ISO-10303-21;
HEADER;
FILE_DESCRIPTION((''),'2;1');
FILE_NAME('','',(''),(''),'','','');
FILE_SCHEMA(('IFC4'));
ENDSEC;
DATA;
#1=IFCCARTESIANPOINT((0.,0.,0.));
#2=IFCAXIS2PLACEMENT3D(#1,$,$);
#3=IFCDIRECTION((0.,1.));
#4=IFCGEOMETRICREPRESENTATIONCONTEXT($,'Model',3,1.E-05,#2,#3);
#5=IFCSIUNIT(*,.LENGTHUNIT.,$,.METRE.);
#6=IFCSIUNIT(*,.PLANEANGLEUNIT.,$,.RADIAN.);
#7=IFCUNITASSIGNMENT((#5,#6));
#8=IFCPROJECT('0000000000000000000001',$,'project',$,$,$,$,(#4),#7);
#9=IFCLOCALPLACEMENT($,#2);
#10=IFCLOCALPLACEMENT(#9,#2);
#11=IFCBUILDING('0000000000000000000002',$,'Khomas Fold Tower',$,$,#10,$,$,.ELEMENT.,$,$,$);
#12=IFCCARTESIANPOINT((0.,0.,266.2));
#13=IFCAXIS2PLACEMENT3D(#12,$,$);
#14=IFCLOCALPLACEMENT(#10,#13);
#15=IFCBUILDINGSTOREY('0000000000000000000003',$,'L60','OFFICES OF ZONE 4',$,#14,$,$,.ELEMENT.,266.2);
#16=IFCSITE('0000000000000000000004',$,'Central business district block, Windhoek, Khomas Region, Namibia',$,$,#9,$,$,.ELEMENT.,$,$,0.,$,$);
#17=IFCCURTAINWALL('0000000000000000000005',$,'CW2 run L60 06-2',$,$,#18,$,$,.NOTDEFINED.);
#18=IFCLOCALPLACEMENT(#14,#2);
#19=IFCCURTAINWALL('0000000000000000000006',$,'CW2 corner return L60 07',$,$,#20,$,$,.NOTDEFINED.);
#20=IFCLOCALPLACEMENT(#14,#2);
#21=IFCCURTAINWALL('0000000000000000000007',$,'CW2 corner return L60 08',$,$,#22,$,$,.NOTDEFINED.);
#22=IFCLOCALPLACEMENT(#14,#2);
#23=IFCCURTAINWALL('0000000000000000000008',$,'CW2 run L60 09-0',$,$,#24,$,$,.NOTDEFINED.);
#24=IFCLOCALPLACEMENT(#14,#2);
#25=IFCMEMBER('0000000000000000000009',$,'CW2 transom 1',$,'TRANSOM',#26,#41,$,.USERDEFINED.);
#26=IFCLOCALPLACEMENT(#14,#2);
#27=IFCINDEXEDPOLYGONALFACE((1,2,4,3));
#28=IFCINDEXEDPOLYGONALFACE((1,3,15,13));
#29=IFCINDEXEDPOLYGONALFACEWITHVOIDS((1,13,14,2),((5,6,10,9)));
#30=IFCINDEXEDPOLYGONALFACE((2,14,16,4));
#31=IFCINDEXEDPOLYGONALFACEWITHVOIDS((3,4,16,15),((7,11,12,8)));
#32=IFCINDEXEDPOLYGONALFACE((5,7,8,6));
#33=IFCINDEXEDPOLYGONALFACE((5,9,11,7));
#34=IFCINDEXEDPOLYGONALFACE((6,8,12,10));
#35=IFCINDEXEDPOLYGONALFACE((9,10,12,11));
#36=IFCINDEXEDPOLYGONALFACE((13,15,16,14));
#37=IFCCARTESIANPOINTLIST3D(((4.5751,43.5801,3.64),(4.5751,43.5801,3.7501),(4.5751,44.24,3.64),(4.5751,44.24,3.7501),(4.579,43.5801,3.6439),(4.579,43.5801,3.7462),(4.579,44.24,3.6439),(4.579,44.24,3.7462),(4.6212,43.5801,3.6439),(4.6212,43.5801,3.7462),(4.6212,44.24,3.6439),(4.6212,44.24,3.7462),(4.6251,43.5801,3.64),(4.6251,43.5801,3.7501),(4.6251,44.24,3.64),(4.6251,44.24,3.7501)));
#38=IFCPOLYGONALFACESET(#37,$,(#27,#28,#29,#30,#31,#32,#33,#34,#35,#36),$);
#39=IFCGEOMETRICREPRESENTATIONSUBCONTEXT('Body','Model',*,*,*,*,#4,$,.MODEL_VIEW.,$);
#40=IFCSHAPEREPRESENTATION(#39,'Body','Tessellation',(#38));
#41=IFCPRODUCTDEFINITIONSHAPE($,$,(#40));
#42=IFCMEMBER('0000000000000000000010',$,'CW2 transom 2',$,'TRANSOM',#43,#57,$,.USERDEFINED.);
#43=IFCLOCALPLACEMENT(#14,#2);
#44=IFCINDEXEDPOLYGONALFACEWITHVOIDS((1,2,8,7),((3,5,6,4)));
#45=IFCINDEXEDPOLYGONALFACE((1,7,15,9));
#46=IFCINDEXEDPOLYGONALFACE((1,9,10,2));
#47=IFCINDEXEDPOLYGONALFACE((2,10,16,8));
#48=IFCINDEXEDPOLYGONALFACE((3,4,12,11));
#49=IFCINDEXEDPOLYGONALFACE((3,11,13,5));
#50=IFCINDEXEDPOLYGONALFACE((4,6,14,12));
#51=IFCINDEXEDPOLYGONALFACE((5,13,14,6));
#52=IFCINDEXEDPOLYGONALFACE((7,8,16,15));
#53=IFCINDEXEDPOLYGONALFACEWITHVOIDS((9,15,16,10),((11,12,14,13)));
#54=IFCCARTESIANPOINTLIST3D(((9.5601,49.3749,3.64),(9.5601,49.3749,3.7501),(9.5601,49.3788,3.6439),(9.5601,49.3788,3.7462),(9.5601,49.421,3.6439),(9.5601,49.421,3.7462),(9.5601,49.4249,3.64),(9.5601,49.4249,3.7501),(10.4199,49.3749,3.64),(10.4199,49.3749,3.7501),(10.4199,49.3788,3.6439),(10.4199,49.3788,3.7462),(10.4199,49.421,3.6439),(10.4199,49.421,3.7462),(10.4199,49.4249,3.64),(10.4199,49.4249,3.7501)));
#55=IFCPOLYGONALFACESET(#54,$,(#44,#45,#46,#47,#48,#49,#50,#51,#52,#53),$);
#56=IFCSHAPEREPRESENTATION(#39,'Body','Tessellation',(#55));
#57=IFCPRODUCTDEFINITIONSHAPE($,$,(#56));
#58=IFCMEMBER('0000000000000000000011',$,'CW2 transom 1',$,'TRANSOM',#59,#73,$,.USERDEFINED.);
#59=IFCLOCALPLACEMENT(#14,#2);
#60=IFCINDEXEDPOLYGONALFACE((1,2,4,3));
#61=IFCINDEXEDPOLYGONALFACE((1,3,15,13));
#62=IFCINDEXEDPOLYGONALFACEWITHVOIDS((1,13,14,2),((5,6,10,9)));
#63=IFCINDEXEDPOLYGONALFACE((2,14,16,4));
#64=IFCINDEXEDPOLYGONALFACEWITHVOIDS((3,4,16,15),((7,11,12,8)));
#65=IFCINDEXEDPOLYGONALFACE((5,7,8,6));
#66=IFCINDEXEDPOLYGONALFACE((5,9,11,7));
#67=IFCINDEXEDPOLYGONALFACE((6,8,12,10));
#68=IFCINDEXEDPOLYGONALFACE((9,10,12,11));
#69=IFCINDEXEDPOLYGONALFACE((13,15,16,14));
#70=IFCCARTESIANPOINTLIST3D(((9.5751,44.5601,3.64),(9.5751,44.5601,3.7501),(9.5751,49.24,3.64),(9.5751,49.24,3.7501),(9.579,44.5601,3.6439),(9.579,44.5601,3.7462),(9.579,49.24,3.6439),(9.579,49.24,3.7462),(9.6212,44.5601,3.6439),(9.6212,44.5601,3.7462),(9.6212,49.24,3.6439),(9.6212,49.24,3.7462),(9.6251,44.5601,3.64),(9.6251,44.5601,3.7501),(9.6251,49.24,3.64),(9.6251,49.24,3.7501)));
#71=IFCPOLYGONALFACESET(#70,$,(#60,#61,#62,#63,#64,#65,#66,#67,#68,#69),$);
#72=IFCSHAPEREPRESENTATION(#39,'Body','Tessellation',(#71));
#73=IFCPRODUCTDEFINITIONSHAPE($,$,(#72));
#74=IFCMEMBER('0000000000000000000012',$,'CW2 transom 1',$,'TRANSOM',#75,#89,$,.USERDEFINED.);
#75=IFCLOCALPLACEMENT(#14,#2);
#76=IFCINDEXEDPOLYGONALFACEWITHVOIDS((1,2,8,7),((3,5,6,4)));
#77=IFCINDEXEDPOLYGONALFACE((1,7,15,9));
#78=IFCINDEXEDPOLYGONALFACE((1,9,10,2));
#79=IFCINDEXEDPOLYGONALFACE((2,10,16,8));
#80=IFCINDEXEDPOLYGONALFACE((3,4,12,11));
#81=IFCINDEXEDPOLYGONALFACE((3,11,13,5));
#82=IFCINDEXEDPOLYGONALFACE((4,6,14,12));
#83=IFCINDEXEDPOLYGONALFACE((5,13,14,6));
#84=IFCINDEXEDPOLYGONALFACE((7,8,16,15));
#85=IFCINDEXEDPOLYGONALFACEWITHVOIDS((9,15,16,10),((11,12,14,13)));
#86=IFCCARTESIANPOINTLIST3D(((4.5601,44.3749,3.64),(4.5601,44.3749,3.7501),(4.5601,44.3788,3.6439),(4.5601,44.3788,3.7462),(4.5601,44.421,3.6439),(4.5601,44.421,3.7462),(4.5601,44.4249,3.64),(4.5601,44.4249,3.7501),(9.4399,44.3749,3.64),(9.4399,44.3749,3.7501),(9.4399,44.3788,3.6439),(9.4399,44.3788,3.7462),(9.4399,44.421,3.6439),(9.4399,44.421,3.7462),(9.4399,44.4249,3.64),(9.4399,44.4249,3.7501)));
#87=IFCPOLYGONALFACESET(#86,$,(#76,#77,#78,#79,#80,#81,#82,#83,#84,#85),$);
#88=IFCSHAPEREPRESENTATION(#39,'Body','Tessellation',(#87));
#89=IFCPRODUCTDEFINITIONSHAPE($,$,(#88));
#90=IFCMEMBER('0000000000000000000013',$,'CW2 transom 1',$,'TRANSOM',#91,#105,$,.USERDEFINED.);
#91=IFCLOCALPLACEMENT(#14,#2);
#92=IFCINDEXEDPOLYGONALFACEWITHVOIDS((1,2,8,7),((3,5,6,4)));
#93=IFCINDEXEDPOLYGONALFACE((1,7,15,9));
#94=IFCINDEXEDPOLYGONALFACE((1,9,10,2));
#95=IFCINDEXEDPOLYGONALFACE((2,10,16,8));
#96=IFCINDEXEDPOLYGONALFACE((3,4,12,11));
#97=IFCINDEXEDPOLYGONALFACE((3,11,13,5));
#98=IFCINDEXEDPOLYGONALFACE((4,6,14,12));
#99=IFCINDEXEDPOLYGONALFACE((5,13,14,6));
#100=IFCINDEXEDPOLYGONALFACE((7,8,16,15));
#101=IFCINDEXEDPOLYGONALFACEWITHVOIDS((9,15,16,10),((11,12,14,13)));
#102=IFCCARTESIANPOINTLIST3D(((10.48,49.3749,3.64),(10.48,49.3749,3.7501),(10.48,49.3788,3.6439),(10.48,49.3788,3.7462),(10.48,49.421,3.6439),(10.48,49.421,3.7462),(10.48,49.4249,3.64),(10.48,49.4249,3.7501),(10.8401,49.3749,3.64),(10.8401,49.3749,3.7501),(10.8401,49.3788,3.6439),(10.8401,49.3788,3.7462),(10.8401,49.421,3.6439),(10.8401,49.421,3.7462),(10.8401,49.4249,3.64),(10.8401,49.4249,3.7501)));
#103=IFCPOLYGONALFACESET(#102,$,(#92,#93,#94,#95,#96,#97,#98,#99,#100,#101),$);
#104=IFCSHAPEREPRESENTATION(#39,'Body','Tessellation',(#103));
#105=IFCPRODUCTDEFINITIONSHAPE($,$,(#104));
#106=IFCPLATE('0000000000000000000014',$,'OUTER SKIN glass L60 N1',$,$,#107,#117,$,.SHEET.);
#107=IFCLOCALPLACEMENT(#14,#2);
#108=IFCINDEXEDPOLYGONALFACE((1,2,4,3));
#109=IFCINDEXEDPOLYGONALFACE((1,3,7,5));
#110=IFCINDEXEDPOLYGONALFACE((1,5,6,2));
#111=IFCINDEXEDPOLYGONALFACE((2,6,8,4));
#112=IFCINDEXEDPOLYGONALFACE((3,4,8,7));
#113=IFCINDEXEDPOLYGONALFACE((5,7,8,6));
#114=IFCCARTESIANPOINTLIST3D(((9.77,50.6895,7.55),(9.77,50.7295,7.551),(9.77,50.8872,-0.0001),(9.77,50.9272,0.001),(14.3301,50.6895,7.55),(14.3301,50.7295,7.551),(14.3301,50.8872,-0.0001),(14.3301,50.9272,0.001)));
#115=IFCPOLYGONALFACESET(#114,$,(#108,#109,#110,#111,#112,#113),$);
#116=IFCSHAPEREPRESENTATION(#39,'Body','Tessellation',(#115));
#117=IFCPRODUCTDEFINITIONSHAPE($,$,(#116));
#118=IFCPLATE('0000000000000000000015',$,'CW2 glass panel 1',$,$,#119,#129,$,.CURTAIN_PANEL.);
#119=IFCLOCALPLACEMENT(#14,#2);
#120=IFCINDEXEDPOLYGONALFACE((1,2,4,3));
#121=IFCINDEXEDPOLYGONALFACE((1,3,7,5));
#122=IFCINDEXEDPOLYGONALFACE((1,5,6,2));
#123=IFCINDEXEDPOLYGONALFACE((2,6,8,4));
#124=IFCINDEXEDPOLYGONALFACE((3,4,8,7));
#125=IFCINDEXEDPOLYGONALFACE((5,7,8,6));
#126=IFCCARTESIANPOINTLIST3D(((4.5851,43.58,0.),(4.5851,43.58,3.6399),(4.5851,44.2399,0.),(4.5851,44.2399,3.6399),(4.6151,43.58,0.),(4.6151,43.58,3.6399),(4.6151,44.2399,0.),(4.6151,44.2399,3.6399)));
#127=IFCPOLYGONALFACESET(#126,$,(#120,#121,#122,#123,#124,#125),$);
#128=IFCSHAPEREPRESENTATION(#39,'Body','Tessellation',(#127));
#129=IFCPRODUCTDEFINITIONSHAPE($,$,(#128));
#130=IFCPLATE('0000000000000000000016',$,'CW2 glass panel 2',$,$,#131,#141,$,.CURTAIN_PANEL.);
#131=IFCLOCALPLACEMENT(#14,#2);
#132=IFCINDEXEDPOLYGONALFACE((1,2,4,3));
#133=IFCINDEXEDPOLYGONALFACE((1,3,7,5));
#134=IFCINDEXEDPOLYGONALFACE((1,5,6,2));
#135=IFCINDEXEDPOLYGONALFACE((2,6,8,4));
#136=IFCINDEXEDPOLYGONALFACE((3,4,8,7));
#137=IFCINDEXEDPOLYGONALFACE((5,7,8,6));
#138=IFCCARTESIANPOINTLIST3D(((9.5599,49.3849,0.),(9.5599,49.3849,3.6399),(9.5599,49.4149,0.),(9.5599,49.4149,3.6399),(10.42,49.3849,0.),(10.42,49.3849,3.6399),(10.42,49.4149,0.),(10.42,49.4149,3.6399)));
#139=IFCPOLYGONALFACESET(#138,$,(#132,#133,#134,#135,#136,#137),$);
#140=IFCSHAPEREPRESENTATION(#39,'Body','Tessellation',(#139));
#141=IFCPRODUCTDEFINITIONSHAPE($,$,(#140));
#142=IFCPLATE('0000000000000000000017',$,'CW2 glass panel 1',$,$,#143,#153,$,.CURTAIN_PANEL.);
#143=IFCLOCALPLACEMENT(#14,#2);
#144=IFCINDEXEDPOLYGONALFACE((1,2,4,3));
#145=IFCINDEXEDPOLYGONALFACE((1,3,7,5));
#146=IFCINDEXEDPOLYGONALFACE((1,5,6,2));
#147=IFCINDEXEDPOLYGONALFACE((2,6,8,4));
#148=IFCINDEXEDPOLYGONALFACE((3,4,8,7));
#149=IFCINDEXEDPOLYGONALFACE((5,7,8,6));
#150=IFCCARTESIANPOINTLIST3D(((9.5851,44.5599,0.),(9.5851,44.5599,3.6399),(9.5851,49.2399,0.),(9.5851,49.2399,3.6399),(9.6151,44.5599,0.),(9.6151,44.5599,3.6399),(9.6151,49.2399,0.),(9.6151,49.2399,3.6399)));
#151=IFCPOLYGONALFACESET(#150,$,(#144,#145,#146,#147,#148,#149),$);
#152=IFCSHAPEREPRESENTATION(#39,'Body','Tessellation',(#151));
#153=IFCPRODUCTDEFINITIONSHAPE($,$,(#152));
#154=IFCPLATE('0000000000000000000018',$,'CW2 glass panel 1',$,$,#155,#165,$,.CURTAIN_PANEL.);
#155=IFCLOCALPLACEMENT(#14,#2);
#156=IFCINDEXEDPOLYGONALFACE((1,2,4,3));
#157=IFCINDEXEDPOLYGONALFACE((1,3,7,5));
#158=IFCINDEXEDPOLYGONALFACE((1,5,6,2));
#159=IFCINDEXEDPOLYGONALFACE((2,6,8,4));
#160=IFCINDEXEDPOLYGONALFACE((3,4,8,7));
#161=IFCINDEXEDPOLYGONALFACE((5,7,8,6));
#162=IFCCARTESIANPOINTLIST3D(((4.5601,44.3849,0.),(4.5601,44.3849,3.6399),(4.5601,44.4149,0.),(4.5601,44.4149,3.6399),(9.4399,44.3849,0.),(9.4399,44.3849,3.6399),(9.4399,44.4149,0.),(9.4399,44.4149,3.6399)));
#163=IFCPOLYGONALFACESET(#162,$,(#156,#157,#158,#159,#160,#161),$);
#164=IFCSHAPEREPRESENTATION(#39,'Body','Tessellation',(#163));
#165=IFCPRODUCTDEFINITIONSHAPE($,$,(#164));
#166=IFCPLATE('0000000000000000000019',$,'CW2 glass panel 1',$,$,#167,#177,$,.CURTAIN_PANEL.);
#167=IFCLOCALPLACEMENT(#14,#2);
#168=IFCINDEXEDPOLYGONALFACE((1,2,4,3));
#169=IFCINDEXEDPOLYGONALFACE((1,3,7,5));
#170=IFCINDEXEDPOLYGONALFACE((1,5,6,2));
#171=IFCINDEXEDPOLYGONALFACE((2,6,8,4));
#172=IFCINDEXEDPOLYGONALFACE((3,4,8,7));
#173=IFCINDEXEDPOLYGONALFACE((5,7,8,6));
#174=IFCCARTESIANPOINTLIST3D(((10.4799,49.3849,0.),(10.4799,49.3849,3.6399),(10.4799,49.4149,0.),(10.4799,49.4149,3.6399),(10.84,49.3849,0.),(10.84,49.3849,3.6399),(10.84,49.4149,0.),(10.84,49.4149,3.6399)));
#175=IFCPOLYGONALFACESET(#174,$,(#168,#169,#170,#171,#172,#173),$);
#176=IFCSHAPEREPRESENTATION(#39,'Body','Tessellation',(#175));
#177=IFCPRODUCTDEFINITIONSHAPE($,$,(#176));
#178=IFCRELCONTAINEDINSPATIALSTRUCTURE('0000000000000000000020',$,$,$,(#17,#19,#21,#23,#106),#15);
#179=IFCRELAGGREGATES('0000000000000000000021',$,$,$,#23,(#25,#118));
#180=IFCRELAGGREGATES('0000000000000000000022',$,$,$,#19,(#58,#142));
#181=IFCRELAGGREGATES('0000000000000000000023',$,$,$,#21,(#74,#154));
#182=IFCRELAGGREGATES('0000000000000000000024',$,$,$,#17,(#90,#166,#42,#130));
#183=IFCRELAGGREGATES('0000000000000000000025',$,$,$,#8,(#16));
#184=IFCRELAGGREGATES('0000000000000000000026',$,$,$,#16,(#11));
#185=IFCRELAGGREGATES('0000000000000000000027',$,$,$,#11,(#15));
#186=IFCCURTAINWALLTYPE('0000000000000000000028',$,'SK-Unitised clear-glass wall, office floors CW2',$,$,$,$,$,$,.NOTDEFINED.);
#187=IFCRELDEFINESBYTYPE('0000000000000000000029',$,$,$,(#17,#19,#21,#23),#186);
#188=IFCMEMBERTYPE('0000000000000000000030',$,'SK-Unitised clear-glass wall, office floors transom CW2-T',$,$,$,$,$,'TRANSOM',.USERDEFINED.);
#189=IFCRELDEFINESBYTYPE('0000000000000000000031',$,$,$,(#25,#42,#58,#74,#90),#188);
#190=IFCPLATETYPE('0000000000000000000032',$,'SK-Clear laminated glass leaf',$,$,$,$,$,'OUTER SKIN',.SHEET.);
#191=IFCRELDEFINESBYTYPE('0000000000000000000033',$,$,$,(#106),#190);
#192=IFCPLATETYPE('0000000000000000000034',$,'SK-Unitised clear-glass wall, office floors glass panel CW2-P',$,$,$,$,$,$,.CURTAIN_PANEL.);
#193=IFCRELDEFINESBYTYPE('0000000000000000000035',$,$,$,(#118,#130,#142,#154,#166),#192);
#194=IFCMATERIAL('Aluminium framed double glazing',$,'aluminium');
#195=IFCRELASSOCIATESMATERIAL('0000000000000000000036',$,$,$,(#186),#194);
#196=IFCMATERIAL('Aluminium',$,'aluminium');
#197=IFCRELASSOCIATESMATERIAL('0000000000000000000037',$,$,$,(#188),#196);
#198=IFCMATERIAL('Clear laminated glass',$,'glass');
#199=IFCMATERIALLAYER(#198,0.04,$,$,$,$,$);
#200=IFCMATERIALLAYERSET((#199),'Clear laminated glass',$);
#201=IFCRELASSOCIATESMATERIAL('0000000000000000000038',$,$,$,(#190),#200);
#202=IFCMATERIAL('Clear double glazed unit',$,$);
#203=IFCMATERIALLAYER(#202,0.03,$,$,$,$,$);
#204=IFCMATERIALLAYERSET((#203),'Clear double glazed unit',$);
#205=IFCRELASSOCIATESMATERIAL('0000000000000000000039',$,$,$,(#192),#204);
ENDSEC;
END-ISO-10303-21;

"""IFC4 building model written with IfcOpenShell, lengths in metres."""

from ifc_helpers import new_model, si_unit, direction, frame, origin, origin_2d, place, context, subcontext, project, spatial, polyline, rectangle, hollow_rectangle, outline, extrude, source, transform, mapped, material, layer, layer_set, material_profile, profile_set, type_object, element, aggregate, save


model = new_model("IFC4")

# Units and contexts
model_context = context("Model", 3, precision=1e-05, world=origin(), true_north=direction((0.0, 1.0)))
body_context = subcontext(model_context, "Body", "Model", "MODEL_VIEW")
ifc_project = project(units=[si_unit("LENGTHUNIT", "METRE"), si_unit("PLANEANGLEUNIT", "RADIAN")], contexts=[model_context])

# Site, building, storey
site_placement = place(None, origin())
site = spatial("IfcSite", under=ifc_project, at=site_placement, Name="Central business district block, Windhoek, Khomas Region, Namibia", CompositionType="ELEMENT", RefElevation=0.0)
building_placement = place(site_placement, origin())
building = spatial("IfcBuilding", under=site, at=building_placement, Name="Khomas Fold Tower", CompositionType="ELEMENT")
storey_placement = place(building_placement, frame((0.0, 0.0, 266.2)))
storey = spatial("IfcBuildingStorey", under=building, at=storey_placement, Name="L60", Description="OFFICES OF ZONE 4", CompositionType="ELEMENT", Elevation=266.2)

# Curtain walls
ifc_material_1 = material(Name="Aluminium framed double glazing", Category="aluminium")
curtain_wall_type = type_object("IfcCurtainWallType", Name="SK-Unitised clear-glass wall, office floors CW2", PredefinedType="NOTDEFINED", material=ifc_material_1)
curtain_wall_1_placement = place(storey_placement, origin())
curtain_wall_1 = element("IfcCurtainWall", 1, at=curtain_wall_1_placement, inside=storey, type_object=curtain_wall_type, Name="CW2 run L60 06-2", PredefinedType="NOTDEFINED")
curtain_wall_2_placement = place(storey_placement, origin())
curtain_wall_2 = element("IfcCurtainWall", 2, at=curtain_wall_2_placement, inside=storey, type_object=curtain_wall_type, Name="CW2 corner return L60 07", PredefinedType="NOTDEFINED")
curtain_wall_3_placement = place(storey_placement, origin())
curtain_wall_3 = element("IfcCurtainWall", 3, at=curtain_wall_3_placement, inside=storey, type_object=curtain_wall_type, Name="CW2 corner return L60 08", PredefinedType="NOTDEFINED")

# Curtain wall, member
curtain_wall_4_placement = place(storey_placement, origin())
curtain_wall_4 = element("IfcCurtainWall", 4, at=curtain_wall_4_placement, inside=storey, type_object=curtain_wall_type, Name="CW2 run L60 09-0", PredefinedType="NOTDEFINED")
ifc_material_2 = material(Name="Aluminium", Category="aluminium")
ifc_material_profile_1 = material_profile(ifc_material_2, hollow_rectangle(XDim=0.05, YDim=0.1101, WallThickness=0.0039, at=origin_2d()), Name="SK-Unitised clear-glass wall, office floors transom CW2-T")
ifc_profile_set_1 = profile_set([ifc_material_profile_1], Name="Aluminium")
member_type_1 = type_object("IfcMemberType", Name="SK-Unitised clear-glass wall, office floors transom CW2-T", ElementType="TRANSOM", PredefinedType="USERDEFINED", material=ifc_profile_set_1)
shared_shape_1 = source(origin(), body_context, "Body", "SweptSolid", [
    extrude(hollow_rectangle(XDim=0.05, YDim=0.1101, WallThickness=0.0039, at=origin_2d()), origin(), (0.0, 0.0, 1.0), 0.6599),
])
member_1_placement = place(storey_placement, frame((4.6001, 44.24, 3.6951), z_axis=(0.0, -1.0, 0.0), x_axis=(1.0, 0.0, 0.0)))
member_1 = element("IfcMember", 5, at=member_1_placement, type_object=member_type_1, Name="CW2 transom 1", ObjectType="TRANSOM", PredefinedType="USERDEFINED", context=body_context, shape_type="MappedRepresentation", body=[
    mapped(shared_shape_1, transform((0.0, 0.0, 0.0))),
])

# Members
shared_shape_2 = source(origin(), body_context, "Body", "SweptSolid", [
    extrude(hollow_rectangle(XDim=0.05, YDim=0.1101, WallThickness=0.0039, at=origin_2d()), origin(), (0.0, 0.0, 1.0), 0.8599),
])
member_2_placement = place(storey_placement, frame((10.4199, 49.3999, 3.6951), z_axis=(-1.0, 0.0, 0.0), x_axis=(0.0, -1.0, 0.0)))
member_2 = element("IfcMember", 6, at=member_2_placement, type_object=member_type_1, Name="CW2 transom 2", ObjectType="TRANSOM", PredefinedType="USERDEFINED", context=body_context, shape_type="MappedRepresentation", body=[
    mapped(shared_shape_2, transform((0.0, 0.0, 0.0))),
])
shared_shape_3 = source(origin(), body_context, "Body", "SweptSolid", [
    extrude(hollow_rectangle(XDim=0.05, YDim=0.1101, WallThickness=0.0039, at=origin_2d()), origin(), (0.0, 0.0, 1.0), 4.6799),
])
member_3_placement = place(storey_placement, frame((9.6001, 49.24, 3.6951), z_axis=(0.0, -1.0, 0.0), x_axis=(1.0, 0.0, 0.0)))
member_3 = element("IfcMember", 7, at=member_3_placement, type_object=member_type_1, Name="CW2 transom 1", ObjectType="TRANSOM", PredefinedType="USERDEFINED", context=body_context, shape_type="MappedRepresentation", body=[
    mapped(shared_shape_3, transform((0.0, 0.0, 0.0))),
])
shared_shape_4 = source(origin(), body_context, "Body", "SweptSolid", [
    extrude(hollow_rectangle(XDim=0.05, YDim=0.1101, WallThickness=0.0039, at=origin_2d()), origin(), (0.0, 0.0, 1.0), 4.8799),
])
member_4_placement = place(storey_placement, frame((9.4399, 44.3999, 3.6951), z_axis=(-1.0, 0.0, 0.0), x_axis=(0.0, -1.0, 0.0)))
member_4 = element("IfcMember", 8, at=member_4_placement, type_object=member_type_1, Name="CW2 transom 1", ObjectType="TRANSOM", PredefinedType="USERDEFINED", context=body_context, shape_type="MappedRepresentation", body=[
    mapped(shared_shape_4, transform((0.0, 0.0, 0.0))),
])
shared_shape_5 = source(origin(), body_context, "Body", "SweptSolid", [
    extrude(hollow_rectangle(XDim=0.05, YDim=0.1101, WallThickness=0.0039, at=origin_2d()), origin(), (0.0, 0.0, 1.0), 0.3601),
])
member_5_placement = place(storey_placement, frame((10.8401, 49.3999, 3.6951), z_axis=(-1.0, 0.0, 0.0), x_axis=(0.0, -1.0, 0.0)))
member_5 = element("IfcMember", 9, at=member_5_placement, type_object=member_type_1, Name="CW2 transom 1", ObjectType="TRANSOM", PredefinedType="USERDEFINED", context=body_context, shape_type="MappedRepresentation", body=[
    mapped(shared_shape_5, transform((0.0, 0.0, 0.0))),
])

# Plates
ifc_material_3 = material(Name="Clear laminated glass", Category="glass")
ifc_layer_1 = layer(ifc_material_3, 0.04)
ifc_layer_set_1 = layer_set([ifc_layer_1], Name="Clear laminated glass")
plate_type_1 = type_object("IfcPlateType", Name="SK-Clear laminated glass leaf", ElementType="OUTER SKIN", PredefinedType="SHEET", material=ifc_layer_set_1)
plate_1_placement = place(storey_placement, frame((9.77, 50.9272, 0.001), z_axis=(0.0, 0.999657, 0.026183), x_axis=(1.0, 0.0, 0.0)))
element("IfcPlate", 10, at=plate_1_placement, inside=storey, type_object=plate_type_1, Name="OUTER SKIN glass L60 N1", PredefinedType="SHEET", context=body_context, shape_type="SweptSolid", body=[
    extrude(outline(polyline([(0.0, 0.0), (4.5601, 0.0), (4.5601, -7.5526), (0.0, -7.5526), (0.0, 0.0)])), origin(), (0.0, 0.0, -1.0), 0.04),
])
ifc_material_4 = material(Name="Clear double glazed unit")
ifc_layer_2 = layer(ifc_material_4, 0.03)
ifc_layer_set_2 = layer_set([ifc_layer_2], Name="Clear double glazed unit")
plate_type_2 = type_object("IfcPlateType", Name="SK-Unitised clear-glass wall, office floors glass panel CW2-P", PredefinedType="CURTAIN_PANEL", material=ifc_layer_set_2)
shared_shape_6 = source(origin(), body_context, "Body", "SweptSolid", [
    extrude(rectangle(XDim=0.6599, YDim=0.03, at=origin_2d()), origin(), (0.0, 0.0, 1.0), 3.6399),
])
plate_2_placement = place(storey_placement, frame((4.6001, 43.9099, 0.0), z_axis=(0.0, 0.0, 1.0), x_axis=(0.0, -1.0, 0.0)))
plate_2 = element("IfcPlate", 11, at=plate_2_placement, type_object=plate_type_2, Name="CW2 glass panel 1", PredefinedType="CURTAIN_PANEL", context=body_context, shape_type="MappedRepresentation", body=[
    mapped(shared_shape_6, transform((0.0, 0.0, 0.0))),
])
aggregate(curtain_wall_4, [member_1, plate_2])
shared_shape_7 = source(origin(), body_context, "Body", "SweptSolid", [
    extrude(rectangle(XDim=0.8601, YDim=0.03, at=origin_2d()), origin(), (0.0, 0.0, 1.0), 3.6399),
])
plate_3_placement = place(storey_placement, frame((9.99, 49.3999, 0.0), z_axis=(0.0, 0.0, 1.0), x_axis=(-1.0, 0.0, 0.0)))
plate_3 = element("IfcPlate", 12, at=plate_3_placement, type_object=plate_type_2, Name="CW2 glass panel 2", PredefinedType="CURTAIN_PANEL", context=body_context, shape_type="MappedRepresentation", body=[
    mapped(shared_shape_7, transform((0.0, 0.0, 0.0))),
])
shared_shape_8 = source(origin(), body_context, "Body", "SweptSolid", [
    extrude(rectangle(XDim=4.6799, YDim=0.03, at=origin_2d()), origin(), (0.0, 0.0, 1.0), 3.6399),
])
plate_4_placement = place(storey_placement, frame((9.6001, 46.8999, 0.0), z_axis=(0.0, 0.0, 1.0), x_axis=(0.0, -1.0, 0.0)))
plate_4 = element("IfcPlate", 13, at=plate_4_placement, type_object=plate_type_2, Name="CW2 glass panel 1", PredefinedType="CURTAIN_PANEL", context=body_context, shape_type="MappedRepresentation", body=[
    mapped(shared_shape_8, transform((0.0, 0.0, 0.0))),
])
aggregate(curtain_wall_2, [member_3, plate_4])
shared_shape_9 = source(origin(), body_context, "Body", "SweptSolid", [
    extrude(rectangle(XDim=4.8799, YDim=0.03, at=origin_2d()), origin(), (0.0, 0.0, 1.0), 3.6399),
])
plate_5_placement = place(storey_placement, frame((7.0, 44.3999, 0.0), z_axis=(0.0, 0.0, 1.0), x_axis=(-1.0, 0.0, 0.0)))
plate_5 = element("IfcPlate", 14, at=plate_5_placement, type_object=plate_type_2, Name="CW2 glass panel 1", PredefinedType="CURTAIN_PANEL", context=body_context, shape_type="MappedRepresentation", body=[
    mapped(shared_shape_9, transform((0.0, 0.0, 0.0))),
])
aggregate(curtain_wall_3, [member_4, plate_5])
shared_shape_10 = source(origin(), body_context, "Body", "SweptSolid", [
    extrude(rectangle(XDim=0.3601, YDim=0.03, at=origin_2d()), origin(), (0.0, 0.0, 1.0), 3.6399),
])
plate_6_placement = place(storey_placement, frame((10.6599, 49.3999, 0.0), z_axis=(0.0, 0.0, 1.0), x_axis=(-1.0, 0.0, 0.0)))
plate_6 = element("IfcPlate", 15, at=plate_6_placement, type_object=plate_type_2, Name="CW2 glass panel 1", PredefinedType="CURTAIN_PANEL", context=body_context, shape_type="MappedRepresentation", body=[
    mapped(shared_shape_10, transform((0.0, 0.0, 0.0))),
])
aggregate(curtain_wall_1, [member_5, plate_6, member_2, plate_3])

save(model, "model.ifc")
